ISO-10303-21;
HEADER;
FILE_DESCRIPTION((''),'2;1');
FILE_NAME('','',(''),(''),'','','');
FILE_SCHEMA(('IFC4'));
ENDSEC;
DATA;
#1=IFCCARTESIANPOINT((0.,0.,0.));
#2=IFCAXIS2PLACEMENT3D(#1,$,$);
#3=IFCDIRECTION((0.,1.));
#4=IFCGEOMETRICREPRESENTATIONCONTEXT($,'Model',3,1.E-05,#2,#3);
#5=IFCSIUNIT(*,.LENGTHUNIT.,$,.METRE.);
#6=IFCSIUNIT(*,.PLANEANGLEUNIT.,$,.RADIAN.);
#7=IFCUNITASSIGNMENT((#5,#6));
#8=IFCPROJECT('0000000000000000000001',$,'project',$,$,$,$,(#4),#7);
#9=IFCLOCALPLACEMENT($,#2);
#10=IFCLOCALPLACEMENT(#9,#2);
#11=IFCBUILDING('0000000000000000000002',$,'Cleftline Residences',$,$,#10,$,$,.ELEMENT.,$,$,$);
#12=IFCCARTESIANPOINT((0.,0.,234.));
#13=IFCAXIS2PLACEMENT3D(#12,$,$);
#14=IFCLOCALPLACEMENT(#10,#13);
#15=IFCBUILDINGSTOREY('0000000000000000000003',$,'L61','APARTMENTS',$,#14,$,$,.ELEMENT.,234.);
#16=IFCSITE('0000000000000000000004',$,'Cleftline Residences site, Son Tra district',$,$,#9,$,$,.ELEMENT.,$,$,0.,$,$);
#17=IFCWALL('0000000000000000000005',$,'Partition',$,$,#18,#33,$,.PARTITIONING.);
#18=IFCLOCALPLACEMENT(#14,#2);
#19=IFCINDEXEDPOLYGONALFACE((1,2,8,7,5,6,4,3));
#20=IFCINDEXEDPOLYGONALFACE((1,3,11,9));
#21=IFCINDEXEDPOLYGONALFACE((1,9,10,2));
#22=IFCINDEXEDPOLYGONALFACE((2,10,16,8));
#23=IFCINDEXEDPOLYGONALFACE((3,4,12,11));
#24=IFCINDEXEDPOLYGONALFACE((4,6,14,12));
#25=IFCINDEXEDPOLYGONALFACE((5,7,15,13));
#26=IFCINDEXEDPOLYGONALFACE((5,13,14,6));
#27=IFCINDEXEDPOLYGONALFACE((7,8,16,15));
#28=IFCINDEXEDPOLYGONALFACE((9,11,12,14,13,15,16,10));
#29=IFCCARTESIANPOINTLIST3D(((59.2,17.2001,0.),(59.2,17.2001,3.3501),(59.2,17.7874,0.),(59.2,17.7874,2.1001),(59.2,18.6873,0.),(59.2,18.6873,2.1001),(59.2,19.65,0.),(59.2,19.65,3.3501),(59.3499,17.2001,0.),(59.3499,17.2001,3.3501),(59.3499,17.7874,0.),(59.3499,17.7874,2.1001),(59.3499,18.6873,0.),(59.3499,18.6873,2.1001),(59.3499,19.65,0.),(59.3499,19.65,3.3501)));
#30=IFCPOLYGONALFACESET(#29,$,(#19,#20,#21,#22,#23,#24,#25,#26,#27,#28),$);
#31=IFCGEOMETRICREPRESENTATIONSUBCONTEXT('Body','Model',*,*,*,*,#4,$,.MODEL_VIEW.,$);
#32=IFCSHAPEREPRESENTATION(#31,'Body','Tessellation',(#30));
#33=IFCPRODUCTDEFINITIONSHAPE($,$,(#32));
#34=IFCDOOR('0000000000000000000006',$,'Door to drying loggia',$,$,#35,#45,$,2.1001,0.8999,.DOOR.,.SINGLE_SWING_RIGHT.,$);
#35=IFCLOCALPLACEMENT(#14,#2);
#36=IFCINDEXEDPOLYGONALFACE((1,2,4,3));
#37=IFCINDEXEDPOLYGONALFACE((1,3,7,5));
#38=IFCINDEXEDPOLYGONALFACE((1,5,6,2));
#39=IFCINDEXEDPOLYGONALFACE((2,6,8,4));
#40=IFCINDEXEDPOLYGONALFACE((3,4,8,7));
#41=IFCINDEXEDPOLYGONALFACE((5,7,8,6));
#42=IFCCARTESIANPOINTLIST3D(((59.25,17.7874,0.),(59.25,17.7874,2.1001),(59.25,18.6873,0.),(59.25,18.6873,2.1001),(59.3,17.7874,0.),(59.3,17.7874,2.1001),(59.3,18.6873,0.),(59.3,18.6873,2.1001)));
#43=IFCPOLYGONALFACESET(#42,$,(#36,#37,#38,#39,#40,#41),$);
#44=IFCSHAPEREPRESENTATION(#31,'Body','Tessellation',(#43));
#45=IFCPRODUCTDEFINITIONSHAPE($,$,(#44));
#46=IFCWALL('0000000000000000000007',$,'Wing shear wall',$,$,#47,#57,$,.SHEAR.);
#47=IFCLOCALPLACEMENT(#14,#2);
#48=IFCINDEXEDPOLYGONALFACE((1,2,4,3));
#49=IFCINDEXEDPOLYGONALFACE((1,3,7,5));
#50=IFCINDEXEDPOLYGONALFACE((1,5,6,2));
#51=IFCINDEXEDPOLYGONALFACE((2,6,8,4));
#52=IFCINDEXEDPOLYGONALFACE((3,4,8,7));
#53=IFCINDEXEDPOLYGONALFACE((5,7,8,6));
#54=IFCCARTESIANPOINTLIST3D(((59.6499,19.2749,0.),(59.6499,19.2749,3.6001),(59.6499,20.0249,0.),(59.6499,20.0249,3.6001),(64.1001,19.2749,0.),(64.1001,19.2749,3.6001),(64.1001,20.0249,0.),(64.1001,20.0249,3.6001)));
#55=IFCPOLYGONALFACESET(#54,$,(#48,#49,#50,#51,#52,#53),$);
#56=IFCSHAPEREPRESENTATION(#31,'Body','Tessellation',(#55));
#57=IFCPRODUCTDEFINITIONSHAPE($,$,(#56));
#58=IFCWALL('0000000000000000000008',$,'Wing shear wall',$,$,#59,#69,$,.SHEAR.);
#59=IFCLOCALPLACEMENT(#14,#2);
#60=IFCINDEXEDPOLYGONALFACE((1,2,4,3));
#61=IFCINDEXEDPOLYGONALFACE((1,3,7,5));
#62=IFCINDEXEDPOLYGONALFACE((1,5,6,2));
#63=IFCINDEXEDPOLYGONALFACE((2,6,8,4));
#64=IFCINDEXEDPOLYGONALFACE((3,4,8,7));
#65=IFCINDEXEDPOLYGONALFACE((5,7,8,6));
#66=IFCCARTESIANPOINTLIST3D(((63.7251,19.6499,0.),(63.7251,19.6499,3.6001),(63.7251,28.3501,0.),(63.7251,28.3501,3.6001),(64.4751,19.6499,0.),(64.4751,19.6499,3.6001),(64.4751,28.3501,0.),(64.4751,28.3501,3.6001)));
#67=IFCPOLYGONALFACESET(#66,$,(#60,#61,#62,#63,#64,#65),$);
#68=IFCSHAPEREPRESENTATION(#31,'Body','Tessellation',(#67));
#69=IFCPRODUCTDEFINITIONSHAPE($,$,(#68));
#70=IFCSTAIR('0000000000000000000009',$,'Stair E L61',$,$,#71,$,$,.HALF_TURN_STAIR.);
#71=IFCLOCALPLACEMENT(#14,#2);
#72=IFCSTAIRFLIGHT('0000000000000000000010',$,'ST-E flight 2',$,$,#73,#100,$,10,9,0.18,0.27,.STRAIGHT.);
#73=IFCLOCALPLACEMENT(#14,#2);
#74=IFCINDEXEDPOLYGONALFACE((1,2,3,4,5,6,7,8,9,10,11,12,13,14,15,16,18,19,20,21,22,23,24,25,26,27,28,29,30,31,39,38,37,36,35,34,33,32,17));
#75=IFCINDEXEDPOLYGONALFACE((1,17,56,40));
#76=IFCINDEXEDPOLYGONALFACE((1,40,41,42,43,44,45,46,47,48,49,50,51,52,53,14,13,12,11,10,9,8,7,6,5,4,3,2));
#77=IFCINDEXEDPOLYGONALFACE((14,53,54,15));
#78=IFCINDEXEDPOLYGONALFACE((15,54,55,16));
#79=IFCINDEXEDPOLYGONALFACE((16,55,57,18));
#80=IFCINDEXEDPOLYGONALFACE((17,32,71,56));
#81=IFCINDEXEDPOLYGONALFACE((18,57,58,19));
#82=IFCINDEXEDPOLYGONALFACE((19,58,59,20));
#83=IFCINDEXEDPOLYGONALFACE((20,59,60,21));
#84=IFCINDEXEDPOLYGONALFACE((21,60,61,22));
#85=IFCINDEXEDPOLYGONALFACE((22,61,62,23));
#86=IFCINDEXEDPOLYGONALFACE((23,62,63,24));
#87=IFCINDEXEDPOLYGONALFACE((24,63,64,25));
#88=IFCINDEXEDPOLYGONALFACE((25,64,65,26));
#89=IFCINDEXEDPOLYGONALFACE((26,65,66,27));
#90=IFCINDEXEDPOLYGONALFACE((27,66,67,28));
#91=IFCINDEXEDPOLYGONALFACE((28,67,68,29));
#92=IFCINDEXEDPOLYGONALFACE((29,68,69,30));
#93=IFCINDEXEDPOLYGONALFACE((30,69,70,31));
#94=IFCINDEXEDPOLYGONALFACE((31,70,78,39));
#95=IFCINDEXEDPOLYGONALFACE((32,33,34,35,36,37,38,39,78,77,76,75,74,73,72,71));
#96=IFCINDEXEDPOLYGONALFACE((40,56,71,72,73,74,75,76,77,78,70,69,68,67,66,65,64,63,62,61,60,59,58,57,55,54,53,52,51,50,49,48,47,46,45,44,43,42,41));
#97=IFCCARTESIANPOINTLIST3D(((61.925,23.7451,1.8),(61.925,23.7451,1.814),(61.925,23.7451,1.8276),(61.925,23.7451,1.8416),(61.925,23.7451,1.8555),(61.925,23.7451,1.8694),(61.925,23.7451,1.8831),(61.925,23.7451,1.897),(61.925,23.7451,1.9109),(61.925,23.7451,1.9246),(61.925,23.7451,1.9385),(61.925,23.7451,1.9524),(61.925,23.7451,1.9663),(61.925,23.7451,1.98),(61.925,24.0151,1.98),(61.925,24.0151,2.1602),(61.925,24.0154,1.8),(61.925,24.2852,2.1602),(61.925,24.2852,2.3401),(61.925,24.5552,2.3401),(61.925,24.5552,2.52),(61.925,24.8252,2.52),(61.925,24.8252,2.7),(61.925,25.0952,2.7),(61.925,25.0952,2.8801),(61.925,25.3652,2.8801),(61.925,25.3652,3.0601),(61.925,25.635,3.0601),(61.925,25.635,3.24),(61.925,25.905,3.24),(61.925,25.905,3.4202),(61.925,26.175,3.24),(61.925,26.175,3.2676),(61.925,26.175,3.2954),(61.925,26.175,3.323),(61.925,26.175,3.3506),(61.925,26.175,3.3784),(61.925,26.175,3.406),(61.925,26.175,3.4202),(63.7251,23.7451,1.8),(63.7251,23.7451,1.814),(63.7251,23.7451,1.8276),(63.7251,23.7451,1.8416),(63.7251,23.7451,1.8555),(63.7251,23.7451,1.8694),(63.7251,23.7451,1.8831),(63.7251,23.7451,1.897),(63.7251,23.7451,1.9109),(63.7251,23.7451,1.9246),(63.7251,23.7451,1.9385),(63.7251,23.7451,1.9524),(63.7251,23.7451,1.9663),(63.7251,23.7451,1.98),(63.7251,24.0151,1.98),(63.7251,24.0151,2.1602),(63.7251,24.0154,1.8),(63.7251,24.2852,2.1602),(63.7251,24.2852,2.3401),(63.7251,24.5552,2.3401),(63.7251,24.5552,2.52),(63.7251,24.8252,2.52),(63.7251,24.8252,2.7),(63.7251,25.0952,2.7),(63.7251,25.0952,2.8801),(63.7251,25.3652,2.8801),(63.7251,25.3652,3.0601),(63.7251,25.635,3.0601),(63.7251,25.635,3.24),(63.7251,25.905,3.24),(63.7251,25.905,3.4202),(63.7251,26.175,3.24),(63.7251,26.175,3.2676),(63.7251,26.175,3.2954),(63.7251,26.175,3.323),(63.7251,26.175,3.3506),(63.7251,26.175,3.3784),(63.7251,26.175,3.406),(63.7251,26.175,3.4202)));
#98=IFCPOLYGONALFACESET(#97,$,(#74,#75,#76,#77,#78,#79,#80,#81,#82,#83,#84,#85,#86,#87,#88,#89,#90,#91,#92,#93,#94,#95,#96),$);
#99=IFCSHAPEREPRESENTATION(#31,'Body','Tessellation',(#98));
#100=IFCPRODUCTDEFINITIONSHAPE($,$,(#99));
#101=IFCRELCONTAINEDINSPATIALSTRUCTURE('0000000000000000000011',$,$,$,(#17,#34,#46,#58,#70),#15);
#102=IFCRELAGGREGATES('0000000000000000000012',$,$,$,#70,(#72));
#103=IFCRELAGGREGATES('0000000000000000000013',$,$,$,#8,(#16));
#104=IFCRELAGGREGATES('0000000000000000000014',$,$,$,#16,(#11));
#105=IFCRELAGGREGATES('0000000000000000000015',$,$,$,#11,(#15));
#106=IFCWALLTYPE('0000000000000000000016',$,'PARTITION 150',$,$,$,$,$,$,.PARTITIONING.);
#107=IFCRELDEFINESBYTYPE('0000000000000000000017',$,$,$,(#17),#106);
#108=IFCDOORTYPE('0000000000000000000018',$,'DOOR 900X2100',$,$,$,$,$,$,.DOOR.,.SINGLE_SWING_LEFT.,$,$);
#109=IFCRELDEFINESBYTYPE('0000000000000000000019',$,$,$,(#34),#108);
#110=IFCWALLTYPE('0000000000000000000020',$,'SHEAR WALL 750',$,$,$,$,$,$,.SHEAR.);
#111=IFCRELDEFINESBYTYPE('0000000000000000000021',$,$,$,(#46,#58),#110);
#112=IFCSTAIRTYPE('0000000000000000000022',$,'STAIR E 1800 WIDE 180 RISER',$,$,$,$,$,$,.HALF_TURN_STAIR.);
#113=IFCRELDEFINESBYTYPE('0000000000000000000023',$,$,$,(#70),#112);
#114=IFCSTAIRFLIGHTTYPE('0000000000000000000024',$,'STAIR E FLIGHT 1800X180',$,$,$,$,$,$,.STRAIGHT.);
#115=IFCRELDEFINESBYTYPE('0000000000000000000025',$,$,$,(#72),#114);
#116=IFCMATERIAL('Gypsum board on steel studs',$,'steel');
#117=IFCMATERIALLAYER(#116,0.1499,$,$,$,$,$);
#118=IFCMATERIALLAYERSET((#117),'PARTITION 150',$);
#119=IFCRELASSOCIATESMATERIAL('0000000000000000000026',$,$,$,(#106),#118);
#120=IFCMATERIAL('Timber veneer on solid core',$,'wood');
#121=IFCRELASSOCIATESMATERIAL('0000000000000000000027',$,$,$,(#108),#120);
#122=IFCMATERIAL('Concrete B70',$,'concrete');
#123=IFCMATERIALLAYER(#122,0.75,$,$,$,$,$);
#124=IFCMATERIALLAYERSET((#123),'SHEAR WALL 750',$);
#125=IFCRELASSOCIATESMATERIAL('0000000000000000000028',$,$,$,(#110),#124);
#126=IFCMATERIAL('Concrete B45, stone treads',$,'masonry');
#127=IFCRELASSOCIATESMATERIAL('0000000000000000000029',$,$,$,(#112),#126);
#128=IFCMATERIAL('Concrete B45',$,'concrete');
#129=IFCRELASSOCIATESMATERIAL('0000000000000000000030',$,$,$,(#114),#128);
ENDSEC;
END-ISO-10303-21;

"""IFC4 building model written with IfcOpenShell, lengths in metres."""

from ifc_helpers import new_model, si_unit, direction, frame, frame_2d, origin, place, context, subcontext, project, spatial, polyline, rectangle, outline, extrude, material, layer, layer_set, type_object, element, fill, aggregate, save


model = new_model("IFC4")

# Units and contexts
model_context = context("Model", 3, precision=1e-05, world=origin(), true_north=direction((0.0, 1.0)))
body_context = subcontext(model_context, "Body", "Model", "MODEL_VIEW")
ifc_project = project(units=[si_unit("LENGTHUNIT", "METRE"), si_unit("PLANEANGLEUNIT", "RADIAN")], contexts=[model_context])

# Site, building, storey
site_placement = place(None, origin())
site = spatial("IfcSite", under=ifc_project, at=site_placement, Name="Cleftline Residences site, Son Tra district", CompositionType="ELEMENT", RefElevation=0.0)
building_placement = place(site_placement, origin())
building = spatial("IfcBuilding", under=site, at=building_placement, Name="Cleftline Residences", CompositionType="ELEMENT")
storey_placement = place(building_placement, frame((0.0, 0.0, 234.0)))
storey = spatial("IfcBuildingStorey", under=building, at=storey_placement, Name="L61", Description="APARTMENTS", CompositionType="ELEMENT", Elevation=234.0)

# Shared definitions
ifc_material_1 = material(Name="Gypsum board on steel studs", Category="steel")
ifc_layer_1 = layer(ifc_material_1, 0.1499)
ifc_layer_set_1 = layer_set([ifc_layer_1], Name="PARTITION 150")
wall_type_1 = type_object("IfcWallType", Name="PARTITION 150", PredefinedType="PARTITIONING", material=ifc_layer_set_1)

# Wall, opening, door
wall_1_placement = place(storey_placement, frame((59.2749, 17.2, 0.0), z_axis=(0.0, 0.0, 1.0), x_axis=(0.0, 1.0, 0.0)))
wall_1 = element("IfcWall", 1, at=wall_1_placement, inside=storey, type_object=wall_type_1, Name="Partition", PredefinedType="PARTITIONING", context=body_context, shape_type="SweptSolid", body=[
    extrude(rectangle(XDim=2.45, YDim=0.1499, at=frame_2d((1.2251, 0.0))), origin(), (0.0, 0.0, 1.0), 3.3501),
])
opening_1_placement = place(wall_1_placement, frame((0.5874, 0.0, 0.0)))
opening_1 = element("IfcOpeningElement", 2, at=opening_1_placement, cuts=wall_1, PredefinedType="OPENING", context=body_context, shape_type="SweptSolid", body=[
    extrude(rectangle(XDim=0.8999, YDim=2.1001, at=frame_2d((0.45, 1.05))), frame((0.0, 0.085, 0.0), z_axis=(0.0, -1.0, 0.0), x_axis=(1.0, 0.0, 0.0)), (0.0, 0.0, 1.0), 0.1699),
])
ifc_material_2 = material(Name="Timber veneer on solid core", Category="wood")
door_type_1 = type_object("IfcDoorType", Name="DOOR 900X2100", OperationType="SINGLE_SWING_LEFT", PredefinedType="DOOR", material=ifc_material_2)
door_1_placement = place(opening_1_placement, origin())
door_1 = element("IfcDoor", 3, at=door_1_placement, inside=storey, type_object=door_type_1, Name="Door to drying loggia", OperationType="SINGLE_SWING_RIGHT", OverallHeight=2.1001, OverallWidth=0.8999, PredefinedType="DOOR", context=body_context, shape_type="SweptSolid", body=[
    extrude(rectangle(XDim=0.8999, YDim=2.1001, at=frame_2d((0.45, 1.05))), frame((0.0, 0.0249, 0.0), z_axis=(0.0, -1.0, 0.0), x_axis=(1.0, 0.0, 0.0)), (0.0, 0.0, 1.0), 0.05),
])
fill(opening_1, door_1)

# Walls
ifc_material_3 = material(Name="Concrete B70", Category="concrete")
ifc_layer_2 = layer(ifc_material_3, 0.75)
ifc_layer_set_2 = layer_set([ifc_layer_2], Name="SHEAR WALL 750")
wall_type_2 = type_object("IfcWallType", Name="SHEAR WALL 750", PredefinedType="SHEAR", material=ifc_layer_set_2)
wall_2_placement = place(storey_placement, frame((59.6499, 19.6499, 0.0), z_axis=(0.0, 0.0, 1.0), x_axis=(1.0, 0.0, 0.0)))
element("IfcWall", 4, at=wall_2_placement, inside=storey, type_object=wall_type_2, Name="Wing shear wall", PredefinedType="SHEAR", context=body_context, shape_type="SweptSolid", body=[
    extrude(rectangle(XDim=4.4502, YDim=0.75, at=frame_2d((2.2251, 0.0))), origin(), (0.0, 0.0, 1.0), 3.6001),
])
wall_3_placement = place(storey_placement, frame((64.1001, 19.6499, 0.0), z_axis=(0.0, 0.0, 1.0), x_axis=(0.0, 1.0, 0.0)))
element("IfcWall", 5, at=wall_3_placement, inside=storey, type_object=wall_type_2, Name="Wing shear wall", PredefinedType="SHEAR", context=body_context, shape_type="SweptSolid", body=[
    extrude(rectangle(XDim=8.7002, YDim=0.75, at=frame_2d((4.3501, 0.0))), origin(), (0.0, 0.0, 1.0), 3.6001),
])

# Stair, stair flight
ifc_material_4 = material(Name="Concrete B45, stone treads", Category="masonry")
stair_type = type_object("IfcStairType", Name="STAIR E 1800 WIDE 180 RISER", PredefinedType="HALF_TURN_STAIR", material=ifc_material_4)
stair_placement = place(storey_placement, origin())
stair = element("IfcStair", 6, at=stair_placement, inside=storey, type_object=stair_type, Name="Stair E L61", PredefinedType="HALF_TURN_STAIR")
ifc_material_5 = material(Name="Concrete B45", Category="concrete")
stair_flight_type = type_object("IfcStairFlightType", Name="STAIR E FLIGHT 1800X180", PredefinedType="STRAIGHT", material=ifc_material_5)
stair_flight_placement = place(storey_placement, frame((62.825, 23.7451, 1.8), z_axis=(0.0, 0.0, 1.0), x_axis=(0.0, 1.0, 0.0)))
stair_flight = element("IfcStairFlight", 7, at=stair_flight_placement, type_object=stair_flight_type, Name="ST-E flight 2", NumberOfRisers=10, NumberOfTreads=9, PredefinedType="STRAIGHT", RiserHeight=0.18, TreadLength=0.27, context=body_context, shape_type="SweptSolid", body=[
    extrude(outline(polyline([(0.0, 0.0), (0.0, 0.0139), (0.0, 0.0276), (0.0, 0.0415), (0.0, 0.0554), (0.0, 0.0693), (0.0, 0.083), (0.0, 0.0969), (0.0, 0.1108), (0.0, 0.1245), (0.0, 0.1384), (0.0, 0.1523), (0.0, 0.1663), (0.0, 0.1799), (0.27, 0.1799), (0.27, 0.3601), (0.54, 0.3601), (0.54, 0.54), (0.8101, 0.54), (0.8101, 0.72), (1.0801, 0.72), (1.0801, 0.8999), (1.3501, 0.8999), (1.3501, 1.0801), (1.6201, 1.0801), (1.6201, 1.26), (1.8899, 1.26), (1.8899, 1.4399), (2.1599, 1.4399), (2.1599, 1.6201), (2.4299, 1.6201), (2.4299, 1.8), (2.4299, 1.7722), (2.4299, 1.7446), (2.4299, 1.7168), (2.4299, 1.6892), (2.4299, 1.6614), (2.4299, 1.6338), (2.4299, 1.606), (2.4299, 1.5784), (2.4299, 1.5505), (2.4299, 1.5229), (2.4299, 1.4954), (2.4299, 1.4675), (2.4299, 1.4399), (0.2703, 0.0), (0.0, 0.0)])), frame((0.0, 0.8999, 0.0), z_axis=(0.0, -1.0, 0.0), x_axis=(1.0, 0.0, 0.0)), (0.0, 0.0, 1.0), 1.8),
])
aggregate(stair, [stair_flight])

save(model, "model.ifc")
